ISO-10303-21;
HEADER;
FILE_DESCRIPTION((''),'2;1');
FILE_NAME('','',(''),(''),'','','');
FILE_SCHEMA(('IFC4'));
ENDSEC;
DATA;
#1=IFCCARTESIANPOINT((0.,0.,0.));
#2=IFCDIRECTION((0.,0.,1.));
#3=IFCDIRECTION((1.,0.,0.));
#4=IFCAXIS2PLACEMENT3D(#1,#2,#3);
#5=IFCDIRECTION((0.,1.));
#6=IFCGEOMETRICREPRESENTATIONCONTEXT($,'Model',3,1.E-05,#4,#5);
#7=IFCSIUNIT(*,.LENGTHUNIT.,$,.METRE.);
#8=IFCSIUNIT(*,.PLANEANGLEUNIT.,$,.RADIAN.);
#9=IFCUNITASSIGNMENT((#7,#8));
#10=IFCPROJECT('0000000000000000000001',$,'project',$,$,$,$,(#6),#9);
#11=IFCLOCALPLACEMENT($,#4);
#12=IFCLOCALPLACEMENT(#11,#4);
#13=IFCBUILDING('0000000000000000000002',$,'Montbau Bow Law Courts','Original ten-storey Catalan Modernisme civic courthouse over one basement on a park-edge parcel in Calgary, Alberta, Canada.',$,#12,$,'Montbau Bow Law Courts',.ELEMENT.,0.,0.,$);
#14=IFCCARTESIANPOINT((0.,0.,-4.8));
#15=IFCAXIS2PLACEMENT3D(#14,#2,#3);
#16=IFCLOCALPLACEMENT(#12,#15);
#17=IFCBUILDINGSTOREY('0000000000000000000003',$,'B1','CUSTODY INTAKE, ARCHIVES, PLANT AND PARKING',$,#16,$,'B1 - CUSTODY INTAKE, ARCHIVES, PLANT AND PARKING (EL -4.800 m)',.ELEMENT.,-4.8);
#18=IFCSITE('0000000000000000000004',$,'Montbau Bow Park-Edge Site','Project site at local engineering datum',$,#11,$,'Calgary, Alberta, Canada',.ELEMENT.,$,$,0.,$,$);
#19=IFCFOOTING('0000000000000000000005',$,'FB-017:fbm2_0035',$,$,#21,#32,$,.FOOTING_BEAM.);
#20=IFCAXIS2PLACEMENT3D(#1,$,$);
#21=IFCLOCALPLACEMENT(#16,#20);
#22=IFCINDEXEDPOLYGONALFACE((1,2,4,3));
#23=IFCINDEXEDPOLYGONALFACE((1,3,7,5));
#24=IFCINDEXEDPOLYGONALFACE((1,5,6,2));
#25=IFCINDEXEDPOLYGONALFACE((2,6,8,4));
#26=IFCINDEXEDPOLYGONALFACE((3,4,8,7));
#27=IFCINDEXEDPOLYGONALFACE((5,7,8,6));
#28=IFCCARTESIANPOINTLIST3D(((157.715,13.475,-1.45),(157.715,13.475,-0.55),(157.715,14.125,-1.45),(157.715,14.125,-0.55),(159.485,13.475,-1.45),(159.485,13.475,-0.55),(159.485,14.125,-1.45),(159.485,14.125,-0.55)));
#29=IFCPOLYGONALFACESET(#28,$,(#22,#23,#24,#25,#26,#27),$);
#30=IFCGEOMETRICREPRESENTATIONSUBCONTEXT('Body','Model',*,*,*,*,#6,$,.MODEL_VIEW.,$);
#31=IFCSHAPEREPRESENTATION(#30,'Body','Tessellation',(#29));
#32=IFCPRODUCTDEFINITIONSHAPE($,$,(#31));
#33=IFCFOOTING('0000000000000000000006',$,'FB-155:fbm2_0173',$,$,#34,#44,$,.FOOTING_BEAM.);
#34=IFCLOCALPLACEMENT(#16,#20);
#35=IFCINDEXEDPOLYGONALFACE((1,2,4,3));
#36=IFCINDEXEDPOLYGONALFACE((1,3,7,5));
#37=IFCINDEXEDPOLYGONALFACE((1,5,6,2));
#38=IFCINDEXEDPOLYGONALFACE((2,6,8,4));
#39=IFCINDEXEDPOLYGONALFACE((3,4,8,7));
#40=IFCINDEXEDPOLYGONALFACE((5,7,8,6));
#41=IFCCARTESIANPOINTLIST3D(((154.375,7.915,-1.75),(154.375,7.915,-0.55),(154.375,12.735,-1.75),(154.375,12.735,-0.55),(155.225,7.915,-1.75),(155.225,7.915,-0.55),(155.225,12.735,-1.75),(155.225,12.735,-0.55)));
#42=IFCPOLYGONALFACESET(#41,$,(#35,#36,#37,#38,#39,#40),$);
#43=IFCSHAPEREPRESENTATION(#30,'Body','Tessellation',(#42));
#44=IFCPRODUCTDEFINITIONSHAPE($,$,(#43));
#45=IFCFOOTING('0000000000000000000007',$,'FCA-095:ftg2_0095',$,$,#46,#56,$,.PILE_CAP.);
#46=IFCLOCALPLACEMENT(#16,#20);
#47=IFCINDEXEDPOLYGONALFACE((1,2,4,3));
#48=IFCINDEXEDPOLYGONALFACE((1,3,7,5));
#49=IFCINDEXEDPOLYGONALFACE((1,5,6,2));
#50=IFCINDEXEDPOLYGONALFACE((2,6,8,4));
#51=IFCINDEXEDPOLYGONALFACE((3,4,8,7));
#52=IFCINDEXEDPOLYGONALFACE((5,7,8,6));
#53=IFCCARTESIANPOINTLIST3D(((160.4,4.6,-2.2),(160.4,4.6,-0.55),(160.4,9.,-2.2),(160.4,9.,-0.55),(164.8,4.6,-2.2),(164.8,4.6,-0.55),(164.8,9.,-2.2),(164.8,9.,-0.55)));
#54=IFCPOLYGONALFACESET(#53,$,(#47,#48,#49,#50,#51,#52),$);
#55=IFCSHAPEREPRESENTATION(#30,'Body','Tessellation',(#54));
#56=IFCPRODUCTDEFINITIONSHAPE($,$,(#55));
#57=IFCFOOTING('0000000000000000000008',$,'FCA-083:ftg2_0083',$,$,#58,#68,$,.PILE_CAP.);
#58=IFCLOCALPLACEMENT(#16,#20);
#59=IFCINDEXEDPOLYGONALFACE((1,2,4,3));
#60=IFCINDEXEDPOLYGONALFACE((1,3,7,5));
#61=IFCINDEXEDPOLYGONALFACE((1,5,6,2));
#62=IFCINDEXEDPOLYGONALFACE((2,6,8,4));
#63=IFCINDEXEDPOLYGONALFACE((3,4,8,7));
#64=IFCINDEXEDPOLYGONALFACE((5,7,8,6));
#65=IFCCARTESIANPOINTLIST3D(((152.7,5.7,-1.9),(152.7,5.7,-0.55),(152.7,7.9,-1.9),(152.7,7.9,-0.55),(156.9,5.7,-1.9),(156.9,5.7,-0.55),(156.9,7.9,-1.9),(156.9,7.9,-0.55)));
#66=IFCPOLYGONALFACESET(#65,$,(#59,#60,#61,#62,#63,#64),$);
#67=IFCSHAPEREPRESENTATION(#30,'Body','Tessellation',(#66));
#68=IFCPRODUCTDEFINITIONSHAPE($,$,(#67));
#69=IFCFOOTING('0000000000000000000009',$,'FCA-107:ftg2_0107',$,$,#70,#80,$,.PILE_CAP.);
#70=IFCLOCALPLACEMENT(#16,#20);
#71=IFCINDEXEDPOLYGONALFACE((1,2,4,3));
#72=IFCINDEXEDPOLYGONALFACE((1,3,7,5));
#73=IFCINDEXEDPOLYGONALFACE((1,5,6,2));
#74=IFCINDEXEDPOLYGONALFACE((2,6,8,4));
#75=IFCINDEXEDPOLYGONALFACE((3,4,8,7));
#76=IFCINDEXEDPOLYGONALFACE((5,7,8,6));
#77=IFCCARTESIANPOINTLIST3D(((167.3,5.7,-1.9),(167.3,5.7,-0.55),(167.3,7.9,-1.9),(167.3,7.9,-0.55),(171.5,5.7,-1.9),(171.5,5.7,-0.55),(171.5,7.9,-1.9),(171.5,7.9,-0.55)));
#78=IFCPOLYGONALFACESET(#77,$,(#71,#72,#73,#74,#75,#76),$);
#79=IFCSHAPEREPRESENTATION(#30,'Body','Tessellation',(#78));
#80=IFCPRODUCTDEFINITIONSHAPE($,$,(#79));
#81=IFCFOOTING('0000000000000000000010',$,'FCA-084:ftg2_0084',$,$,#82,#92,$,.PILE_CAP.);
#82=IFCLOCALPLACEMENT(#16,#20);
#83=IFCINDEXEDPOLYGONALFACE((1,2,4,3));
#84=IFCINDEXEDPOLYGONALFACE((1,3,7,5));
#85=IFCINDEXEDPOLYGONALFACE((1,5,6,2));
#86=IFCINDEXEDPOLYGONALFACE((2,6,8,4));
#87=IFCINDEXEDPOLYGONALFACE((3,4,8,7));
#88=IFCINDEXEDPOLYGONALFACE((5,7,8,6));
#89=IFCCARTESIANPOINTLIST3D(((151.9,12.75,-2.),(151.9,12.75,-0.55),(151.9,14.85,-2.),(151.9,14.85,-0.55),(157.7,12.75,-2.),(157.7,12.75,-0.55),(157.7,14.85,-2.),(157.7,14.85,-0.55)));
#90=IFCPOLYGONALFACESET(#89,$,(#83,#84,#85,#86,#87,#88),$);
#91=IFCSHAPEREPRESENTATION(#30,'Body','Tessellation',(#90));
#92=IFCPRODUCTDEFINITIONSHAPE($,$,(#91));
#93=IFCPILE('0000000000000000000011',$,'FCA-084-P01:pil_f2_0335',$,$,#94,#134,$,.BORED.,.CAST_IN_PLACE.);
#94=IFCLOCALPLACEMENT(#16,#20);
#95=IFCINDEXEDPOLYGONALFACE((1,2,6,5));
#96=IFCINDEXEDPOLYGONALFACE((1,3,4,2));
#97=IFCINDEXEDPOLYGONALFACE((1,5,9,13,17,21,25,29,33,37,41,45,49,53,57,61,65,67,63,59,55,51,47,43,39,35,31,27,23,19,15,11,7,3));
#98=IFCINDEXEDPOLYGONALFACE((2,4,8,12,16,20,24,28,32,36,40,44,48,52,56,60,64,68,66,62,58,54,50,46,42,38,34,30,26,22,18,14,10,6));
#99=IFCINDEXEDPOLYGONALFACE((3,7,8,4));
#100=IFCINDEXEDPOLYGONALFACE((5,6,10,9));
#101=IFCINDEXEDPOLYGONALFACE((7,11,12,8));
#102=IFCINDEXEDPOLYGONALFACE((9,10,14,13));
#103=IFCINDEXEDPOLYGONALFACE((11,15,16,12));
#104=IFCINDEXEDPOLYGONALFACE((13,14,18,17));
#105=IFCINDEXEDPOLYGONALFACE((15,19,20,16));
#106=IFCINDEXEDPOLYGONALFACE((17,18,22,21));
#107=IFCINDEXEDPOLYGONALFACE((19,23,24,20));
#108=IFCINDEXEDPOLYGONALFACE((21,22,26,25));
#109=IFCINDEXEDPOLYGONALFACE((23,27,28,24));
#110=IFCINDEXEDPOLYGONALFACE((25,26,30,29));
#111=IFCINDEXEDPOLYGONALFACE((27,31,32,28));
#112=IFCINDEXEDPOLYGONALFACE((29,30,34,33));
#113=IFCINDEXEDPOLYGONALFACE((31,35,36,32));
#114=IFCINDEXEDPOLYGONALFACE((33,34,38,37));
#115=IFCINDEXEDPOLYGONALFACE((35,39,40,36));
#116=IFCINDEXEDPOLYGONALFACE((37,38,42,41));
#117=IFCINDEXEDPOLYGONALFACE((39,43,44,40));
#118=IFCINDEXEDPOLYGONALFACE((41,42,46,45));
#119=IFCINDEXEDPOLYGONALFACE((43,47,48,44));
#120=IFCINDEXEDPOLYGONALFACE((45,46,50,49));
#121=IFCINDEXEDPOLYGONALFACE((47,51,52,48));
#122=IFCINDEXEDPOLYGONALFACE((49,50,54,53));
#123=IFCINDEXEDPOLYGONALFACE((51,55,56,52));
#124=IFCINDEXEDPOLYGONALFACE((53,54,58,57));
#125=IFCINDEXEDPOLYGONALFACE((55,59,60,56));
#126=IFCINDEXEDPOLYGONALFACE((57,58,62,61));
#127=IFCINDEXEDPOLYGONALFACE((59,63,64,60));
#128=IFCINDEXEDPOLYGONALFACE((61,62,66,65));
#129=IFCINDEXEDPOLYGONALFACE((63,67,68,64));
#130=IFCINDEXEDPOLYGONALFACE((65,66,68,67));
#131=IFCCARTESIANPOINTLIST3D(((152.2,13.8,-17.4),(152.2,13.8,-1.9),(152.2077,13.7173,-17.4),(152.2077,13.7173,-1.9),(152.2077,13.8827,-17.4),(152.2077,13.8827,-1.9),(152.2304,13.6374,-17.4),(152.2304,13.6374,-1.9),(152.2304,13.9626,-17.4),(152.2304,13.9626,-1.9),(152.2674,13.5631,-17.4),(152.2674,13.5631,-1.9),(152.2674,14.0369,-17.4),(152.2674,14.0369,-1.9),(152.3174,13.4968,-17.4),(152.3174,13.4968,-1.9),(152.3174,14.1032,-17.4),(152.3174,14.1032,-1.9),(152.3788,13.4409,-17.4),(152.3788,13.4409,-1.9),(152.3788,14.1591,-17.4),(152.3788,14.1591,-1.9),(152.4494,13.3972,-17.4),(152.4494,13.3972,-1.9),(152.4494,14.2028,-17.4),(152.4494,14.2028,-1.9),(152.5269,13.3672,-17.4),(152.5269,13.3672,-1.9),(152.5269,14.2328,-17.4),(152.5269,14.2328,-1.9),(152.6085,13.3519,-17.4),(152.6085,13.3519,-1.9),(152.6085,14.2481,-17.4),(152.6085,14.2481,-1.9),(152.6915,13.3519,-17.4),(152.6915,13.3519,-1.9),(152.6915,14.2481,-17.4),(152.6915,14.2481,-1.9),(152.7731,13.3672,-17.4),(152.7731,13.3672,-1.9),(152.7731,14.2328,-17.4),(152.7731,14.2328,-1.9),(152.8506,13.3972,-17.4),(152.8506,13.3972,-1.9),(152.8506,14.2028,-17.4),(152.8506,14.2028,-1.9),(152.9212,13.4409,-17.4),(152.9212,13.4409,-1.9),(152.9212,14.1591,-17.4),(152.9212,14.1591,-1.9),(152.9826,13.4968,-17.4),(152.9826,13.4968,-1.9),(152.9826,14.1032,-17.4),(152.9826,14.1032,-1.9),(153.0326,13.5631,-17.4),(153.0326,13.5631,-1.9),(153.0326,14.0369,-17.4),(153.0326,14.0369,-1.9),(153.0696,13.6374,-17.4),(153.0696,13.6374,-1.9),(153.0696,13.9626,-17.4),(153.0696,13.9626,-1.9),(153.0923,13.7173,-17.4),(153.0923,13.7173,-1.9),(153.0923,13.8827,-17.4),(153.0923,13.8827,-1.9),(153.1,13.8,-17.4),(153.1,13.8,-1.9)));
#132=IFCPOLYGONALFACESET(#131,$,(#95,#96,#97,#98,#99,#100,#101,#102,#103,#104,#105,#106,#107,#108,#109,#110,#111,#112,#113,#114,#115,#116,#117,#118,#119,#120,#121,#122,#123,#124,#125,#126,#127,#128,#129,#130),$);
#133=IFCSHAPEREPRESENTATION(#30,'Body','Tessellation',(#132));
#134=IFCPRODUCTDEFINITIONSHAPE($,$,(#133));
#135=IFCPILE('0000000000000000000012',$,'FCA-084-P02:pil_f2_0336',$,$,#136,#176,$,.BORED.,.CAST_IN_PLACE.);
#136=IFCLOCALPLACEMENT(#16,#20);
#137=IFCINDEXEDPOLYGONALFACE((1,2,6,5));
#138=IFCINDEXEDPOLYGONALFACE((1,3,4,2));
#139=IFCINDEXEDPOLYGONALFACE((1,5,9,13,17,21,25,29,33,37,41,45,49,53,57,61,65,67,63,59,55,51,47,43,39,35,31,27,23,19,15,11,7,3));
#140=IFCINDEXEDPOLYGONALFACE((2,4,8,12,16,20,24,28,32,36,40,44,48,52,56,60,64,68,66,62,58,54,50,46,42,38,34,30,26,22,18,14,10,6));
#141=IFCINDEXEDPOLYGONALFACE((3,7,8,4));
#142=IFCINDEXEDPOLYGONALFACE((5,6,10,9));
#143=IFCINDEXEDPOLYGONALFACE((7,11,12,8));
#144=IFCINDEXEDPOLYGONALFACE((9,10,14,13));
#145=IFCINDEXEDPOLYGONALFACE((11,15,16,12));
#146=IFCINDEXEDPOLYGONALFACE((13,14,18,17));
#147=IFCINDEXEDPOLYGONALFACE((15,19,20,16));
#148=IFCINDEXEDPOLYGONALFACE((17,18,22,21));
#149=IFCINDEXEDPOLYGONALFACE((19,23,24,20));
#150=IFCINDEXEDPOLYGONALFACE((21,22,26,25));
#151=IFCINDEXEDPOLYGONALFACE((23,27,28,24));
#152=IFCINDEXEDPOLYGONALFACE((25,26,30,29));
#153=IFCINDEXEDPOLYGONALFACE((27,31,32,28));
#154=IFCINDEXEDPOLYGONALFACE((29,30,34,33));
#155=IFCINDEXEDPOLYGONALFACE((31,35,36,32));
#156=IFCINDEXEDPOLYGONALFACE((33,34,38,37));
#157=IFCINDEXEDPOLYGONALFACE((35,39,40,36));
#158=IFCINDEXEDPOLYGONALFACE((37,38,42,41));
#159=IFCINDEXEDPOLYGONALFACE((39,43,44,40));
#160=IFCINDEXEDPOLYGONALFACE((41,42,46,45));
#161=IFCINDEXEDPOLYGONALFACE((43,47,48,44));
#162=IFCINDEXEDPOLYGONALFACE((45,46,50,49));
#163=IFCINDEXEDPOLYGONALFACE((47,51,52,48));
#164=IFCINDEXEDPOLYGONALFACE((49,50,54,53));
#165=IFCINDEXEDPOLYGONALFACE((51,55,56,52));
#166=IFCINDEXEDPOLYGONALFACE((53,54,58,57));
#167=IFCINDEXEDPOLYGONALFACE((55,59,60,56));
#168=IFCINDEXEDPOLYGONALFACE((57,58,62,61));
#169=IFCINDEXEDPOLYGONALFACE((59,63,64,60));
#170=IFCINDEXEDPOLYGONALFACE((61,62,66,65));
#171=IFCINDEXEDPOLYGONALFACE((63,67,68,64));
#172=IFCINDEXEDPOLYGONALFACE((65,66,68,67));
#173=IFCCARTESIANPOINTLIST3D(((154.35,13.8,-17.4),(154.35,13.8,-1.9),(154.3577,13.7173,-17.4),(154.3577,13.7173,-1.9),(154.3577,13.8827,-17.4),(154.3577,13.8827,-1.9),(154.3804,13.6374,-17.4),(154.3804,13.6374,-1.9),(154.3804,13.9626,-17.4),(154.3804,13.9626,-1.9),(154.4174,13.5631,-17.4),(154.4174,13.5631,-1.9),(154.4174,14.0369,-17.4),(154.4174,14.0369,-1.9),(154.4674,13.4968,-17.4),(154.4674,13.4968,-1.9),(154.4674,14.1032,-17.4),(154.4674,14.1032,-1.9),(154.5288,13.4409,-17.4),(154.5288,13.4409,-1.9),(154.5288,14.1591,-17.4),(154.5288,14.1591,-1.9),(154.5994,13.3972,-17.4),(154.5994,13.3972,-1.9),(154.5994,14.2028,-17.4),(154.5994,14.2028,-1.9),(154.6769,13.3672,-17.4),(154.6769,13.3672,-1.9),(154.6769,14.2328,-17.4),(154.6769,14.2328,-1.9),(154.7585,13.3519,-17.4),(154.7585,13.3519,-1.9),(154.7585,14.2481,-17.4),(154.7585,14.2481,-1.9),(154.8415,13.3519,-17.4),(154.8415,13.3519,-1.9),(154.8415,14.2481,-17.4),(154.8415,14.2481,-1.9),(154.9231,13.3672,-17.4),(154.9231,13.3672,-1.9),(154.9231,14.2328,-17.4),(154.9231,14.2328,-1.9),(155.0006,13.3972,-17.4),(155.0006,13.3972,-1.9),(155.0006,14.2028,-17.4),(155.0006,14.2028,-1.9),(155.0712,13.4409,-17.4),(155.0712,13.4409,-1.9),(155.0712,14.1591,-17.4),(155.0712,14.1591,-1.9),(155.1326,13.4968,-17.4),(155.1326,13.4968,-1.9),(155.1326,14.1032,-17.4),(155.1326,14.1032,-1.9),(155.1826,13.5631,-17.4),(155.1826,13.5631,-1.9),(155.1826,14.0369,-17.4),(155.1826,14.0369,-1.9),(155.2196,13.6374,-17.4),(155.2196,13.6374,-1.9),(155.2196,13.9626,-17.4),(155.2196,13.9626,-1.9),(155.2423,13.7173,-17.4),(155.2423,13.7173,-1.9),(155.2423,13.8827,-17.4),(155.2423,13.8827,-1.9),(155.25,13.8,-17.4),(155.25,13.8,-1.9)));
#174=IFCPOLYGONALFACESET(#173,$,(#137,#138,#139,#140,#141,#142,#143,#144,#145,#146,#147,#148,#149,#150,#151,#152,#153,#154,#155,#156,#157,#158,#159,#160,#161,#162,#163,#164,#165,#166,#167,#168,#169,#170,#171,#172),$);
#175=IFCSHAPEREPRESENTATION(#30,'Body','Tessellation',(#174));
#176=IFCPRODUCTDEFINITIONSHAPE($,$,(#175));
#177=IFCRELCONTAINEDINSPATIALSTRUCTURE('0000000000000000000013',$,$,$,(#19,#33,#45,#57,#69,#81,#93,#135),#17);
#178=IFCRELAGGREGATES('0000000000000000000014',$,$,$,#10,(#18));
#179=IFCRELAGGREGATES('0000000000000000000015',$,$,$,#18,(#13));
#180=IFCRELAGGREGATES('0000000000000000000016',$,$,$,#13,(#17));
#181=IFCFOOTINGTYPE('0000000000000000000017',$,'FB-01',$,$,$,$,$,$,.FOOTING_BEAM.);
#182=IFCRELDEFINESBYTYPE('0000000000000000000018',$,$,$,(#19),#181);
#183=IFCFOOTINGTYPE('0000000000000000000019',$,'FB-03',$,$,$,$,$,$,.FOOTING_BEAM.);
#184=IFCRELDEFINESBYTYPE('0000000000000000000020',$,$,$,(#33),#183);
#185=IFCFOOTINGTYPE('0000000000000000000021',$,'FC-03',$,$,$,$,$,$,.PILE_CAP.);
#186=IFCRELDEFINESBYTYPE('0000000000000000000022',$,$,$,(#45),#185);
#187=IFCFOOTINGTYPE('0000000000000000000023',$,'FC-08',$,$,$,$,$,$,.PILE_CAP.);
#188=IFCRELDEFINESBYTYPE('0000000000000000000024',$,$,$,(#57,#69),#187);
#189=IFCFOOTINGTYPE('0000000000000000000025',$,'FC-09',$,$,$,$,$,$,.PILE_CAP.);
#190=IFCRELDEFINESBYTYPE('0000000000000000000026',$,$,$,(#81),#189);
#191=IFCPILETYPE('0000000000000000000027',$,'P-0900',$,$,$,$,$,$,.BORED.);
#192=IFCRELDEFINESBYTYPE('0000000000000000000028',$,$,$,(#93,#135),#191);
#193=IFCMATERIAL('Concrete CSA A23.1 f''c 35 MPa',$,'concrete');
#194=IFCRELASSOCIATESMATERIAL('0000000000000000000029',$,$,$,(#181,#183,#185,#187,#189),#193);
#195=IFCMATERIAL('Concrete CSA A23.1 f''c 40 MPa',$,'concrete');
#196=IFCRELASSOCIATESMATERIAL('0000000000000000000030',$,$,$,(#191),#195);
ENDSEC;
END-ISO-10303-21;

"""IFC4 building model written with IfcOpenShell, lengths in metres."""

from ifc_helpers import new_model, si_unit, direction, frame, origin_with_axes, origin_2d_with_axis, place, context, subcontext, project, spatial, rectangle, circle, extrude, material, material_profile, profile_set, type_object, element, save


model = new_model("IFC4")

# Units and contexts
model_context = context("Model", 3, precision=1e-05, world=origin_with_axes(), true_north=direction((0.0, 1.0)))
body_context = subcontext(model_context, "Body", "Model", "MODEL_VIEW")
ifc_project = project(units=[si_unit("LENGTHUNIT", "METRE"), si_unit("PLANEANGLEUNIT", "RADIAN")], contexts=[model_context])

# Site, building, storey
site_placement = place(None, origin_with_axes())
site = spatial("IfcSite", under=ifc_project, at=site_placement, Name="Montbau Bow Park-Edge Site", Description="Project site at local engineering datum", LongName="Calgary, Alberta, Canada", CompositionType="ELEMENT", RefElevation=0.0)
building_placement = place(site_placement, origin_with_axes())
building = spatial("IfcBuilding", under=site, at=building_placement, Name="Montbau Bow Law Courts", Description="Original ten-storey Catalan Modernisme civic courthouse over one basement on a park-edge parcel in Calgary, Alberta, Canada.", LongName="Montbau Bow Law Courts", CompositionType="ELEMENT", ElevationOfRefHeight=0.0, ElevationOfTerrain=0.0)
storey_placement = place(building_placement, frame((0.0, 0.0, -4.8), z_axis=(0.0, 0.0, 1.0), x_axis=(1.0, 0.0, 0.0)))
storey = spatial("IfcBuildingStorey", under=building, at=storey_placement, Name="B1", Description="CUSTODY INTAKE, ARCHIVES, PLANT AND PARKING", LongName="B1 - CUSTODY INTAKE, ARCHIVES, PLANT AND PARKING (EL -4.800 m)", CompositionType="ELEMENT", Elevation=-4.8)

# Footings
ifc_material_1 = material(Name="Concrete CSA A23.1 f'c 35 MPa", Category="concrete")
footing_type_1 = type_object("IfcFootingType", Name="FB-01", PredefinedType="FOOTING_BEAM", material=ifc_material_1)
footing_1_placement = place(None, frame((158.6, 13.8, -6.25), z_axis=(0.0, 0.0, 1.0), x_axis=(1.0, 0.0, 0.0)))
element("IfcFooting", 1, at=footing_1_placement, inside=storey, type_object=footing_type_1, Name="FB-017:fbm2_0035", PredefinedType="FOOTING_BEAM", context=body_context, shape_type="SweptSolid", body=[
    extrude(rectangle(XDim=1.77, YDim=0.65, at=origin_2d_with_axis()), origin_with_axes(), (0.0, 0.0, 1.0), 0.9),
])
footing_type_2 = type_object("IfcFootingType", Name="FB-03", PredefinedType="FOOTING_BEAM", material=ifc_material_1)
footing_2_placement = place(None, frame((154.8, 10.325, -6.55), z_axis=(0.0, 0.0, 1.0), x_axis=(0.0, 1.0, 0.0)))
element("IfcFooting", 2, at=footing_2_placement, inside=storey, type_object=footing_type_2, Name="FB-155:fbm2_0173", PredefinedType="FOOTING_BEAM", context=body_context, shape_type="SweptSolid", body=[
    extrude(rectangle(XDim=4.82, YDim=0.85, at=origin_2d_with_axis()), origin_with_axes(), (0.0, 0.0, 1.0), 1.2),
])
footing_type_3 = type_object("IfcFootingType", Name="FC-03", PredefinedType="PILE_CAP", material=ifc_material_1)
footing_3_placement = place(None, frame((162.6, 6.8, -7.0), z_axis=(0.0, 0.0, 1.0), x_axis=(1.0, 0.0, 0.0)))
element("IfcFooting", 3, at=footing_3_placement, inside=storey, type_object=footing_type_3, Name="FCA-095:ftg2_0095", PredefinedType="PILE_CAP", context=body_context, shape_type="SweptSolid", body=[
    extrude(rectangle(XDim=4.4, YDim=4.4, at=origin_2d_with_axis()), origin_with_axes(), (0.0, 0.0, 1.0), 1.65),
])
footing_type_4 = type_object("IfcFootingType", Name="FC-08", PredefinedType="PILE_CAP", material=ifc_material_1)
for number, where, z_axis, x_axis, name in (
    (4, (154.8, 6.8, -6.7), (0.0, 0.0, 1.0), (1.0, 0.0, 0.0), "FCA-083:ftg2_0083"),
    (5, (169.4, 6.8, -6.7), (0.0, 0.0, 1.0), (1.0, 0.0, 0.0), "FCA-107:ftg2_0107"),
):
    element("IfcFooting", number, at=place(None, frame(where, z_axis=z_axis, x_axis=x_axis)), inside=storey, type_object=footing_type_4, Name=name, PredefinedType="PILE_CAP", context=body_context, shape_type="SweptSolid", body=[
        extrude(rectangle(XDim=4.2, YDim=2.2, at=origin_2d_with_axis()), origin_with_axes(), (0.0, 0.0, 1.0), 1.35),
    ])
footing_type_5 = type_object("IfcFootingType", Name="FC-09", PredefinedType="PILE_CAP", material=ifc_material_1)
footing_4_placement = place(None, frame((154.8, 13.8, -6.8), z_axis=(0.0, 0.0, 1.0), x_axis=(1.0, 0.0, 0.0)))
element("IfcFooting", 6, at=footing_4_placement, inside=storey, type_object=footing_type_5, Name="FCA-084:ftg2_0084", PredefinedType="PILE_CAP", context=body_context, shape_type="SweptSolid", body=[
    extrude(rectangle(XDim=5.8, YDim=2.1, at=origin_2d_with_axis()), origin_with_axes(), (0.0, 0.0, 1.0), 1.45),
])

# Piles
ifc_material_2 = material(Name="Concrete CSA A23.1 f'c 40 MPa", Category="concrete")
ifc_material_profile_1 = material_profile(ifc_material_2, circle(Radius=0.45, at=origin_2d_with_axis()), Name="BP900", Category="Main", Priority=0)
ifc_profile_set_1 = profile_set([ifc_material_profile_1], Name="Concrete CSA A23.1 f'c 40 MPa")
pile_type_1 = type_object("IfcPileType", Name="P-0900", PredefinedType="BORED", material=ifc_profile_set_1)
for number, where, z_axis, x_axis, name in (
    (7, (152.65, 13.8, -22.2), (0.0, 0.0, 1.0), (1.0, 0.0, 0.0), "FCA-084-P01:pil_f2_0335"),
    (8, (154.8, 13.8, -22.2), (0.0, 0.0, 1.0), (1.0, 0.0, 0.0), "FCA-084-P02:pil_f2_0336"),
):
    element("IfcPile", number, at=place(None, frame(where, z_axis=z_axis, x_axis=x_axis)), inside=storey, type_object=pile_type_1, Name=name, ConstructionType="CAST_IN_PLACE", PredefinedType="BORED", context=body_context, shape_type="SweptSolid", body=[
        extrude(circle(Radius=0.45, at=origin_2d_with_axis()), origin_with_axes(), (0.0, 0.0, 1.0), 15.5),
    ])

save(model, "model.ifc")
